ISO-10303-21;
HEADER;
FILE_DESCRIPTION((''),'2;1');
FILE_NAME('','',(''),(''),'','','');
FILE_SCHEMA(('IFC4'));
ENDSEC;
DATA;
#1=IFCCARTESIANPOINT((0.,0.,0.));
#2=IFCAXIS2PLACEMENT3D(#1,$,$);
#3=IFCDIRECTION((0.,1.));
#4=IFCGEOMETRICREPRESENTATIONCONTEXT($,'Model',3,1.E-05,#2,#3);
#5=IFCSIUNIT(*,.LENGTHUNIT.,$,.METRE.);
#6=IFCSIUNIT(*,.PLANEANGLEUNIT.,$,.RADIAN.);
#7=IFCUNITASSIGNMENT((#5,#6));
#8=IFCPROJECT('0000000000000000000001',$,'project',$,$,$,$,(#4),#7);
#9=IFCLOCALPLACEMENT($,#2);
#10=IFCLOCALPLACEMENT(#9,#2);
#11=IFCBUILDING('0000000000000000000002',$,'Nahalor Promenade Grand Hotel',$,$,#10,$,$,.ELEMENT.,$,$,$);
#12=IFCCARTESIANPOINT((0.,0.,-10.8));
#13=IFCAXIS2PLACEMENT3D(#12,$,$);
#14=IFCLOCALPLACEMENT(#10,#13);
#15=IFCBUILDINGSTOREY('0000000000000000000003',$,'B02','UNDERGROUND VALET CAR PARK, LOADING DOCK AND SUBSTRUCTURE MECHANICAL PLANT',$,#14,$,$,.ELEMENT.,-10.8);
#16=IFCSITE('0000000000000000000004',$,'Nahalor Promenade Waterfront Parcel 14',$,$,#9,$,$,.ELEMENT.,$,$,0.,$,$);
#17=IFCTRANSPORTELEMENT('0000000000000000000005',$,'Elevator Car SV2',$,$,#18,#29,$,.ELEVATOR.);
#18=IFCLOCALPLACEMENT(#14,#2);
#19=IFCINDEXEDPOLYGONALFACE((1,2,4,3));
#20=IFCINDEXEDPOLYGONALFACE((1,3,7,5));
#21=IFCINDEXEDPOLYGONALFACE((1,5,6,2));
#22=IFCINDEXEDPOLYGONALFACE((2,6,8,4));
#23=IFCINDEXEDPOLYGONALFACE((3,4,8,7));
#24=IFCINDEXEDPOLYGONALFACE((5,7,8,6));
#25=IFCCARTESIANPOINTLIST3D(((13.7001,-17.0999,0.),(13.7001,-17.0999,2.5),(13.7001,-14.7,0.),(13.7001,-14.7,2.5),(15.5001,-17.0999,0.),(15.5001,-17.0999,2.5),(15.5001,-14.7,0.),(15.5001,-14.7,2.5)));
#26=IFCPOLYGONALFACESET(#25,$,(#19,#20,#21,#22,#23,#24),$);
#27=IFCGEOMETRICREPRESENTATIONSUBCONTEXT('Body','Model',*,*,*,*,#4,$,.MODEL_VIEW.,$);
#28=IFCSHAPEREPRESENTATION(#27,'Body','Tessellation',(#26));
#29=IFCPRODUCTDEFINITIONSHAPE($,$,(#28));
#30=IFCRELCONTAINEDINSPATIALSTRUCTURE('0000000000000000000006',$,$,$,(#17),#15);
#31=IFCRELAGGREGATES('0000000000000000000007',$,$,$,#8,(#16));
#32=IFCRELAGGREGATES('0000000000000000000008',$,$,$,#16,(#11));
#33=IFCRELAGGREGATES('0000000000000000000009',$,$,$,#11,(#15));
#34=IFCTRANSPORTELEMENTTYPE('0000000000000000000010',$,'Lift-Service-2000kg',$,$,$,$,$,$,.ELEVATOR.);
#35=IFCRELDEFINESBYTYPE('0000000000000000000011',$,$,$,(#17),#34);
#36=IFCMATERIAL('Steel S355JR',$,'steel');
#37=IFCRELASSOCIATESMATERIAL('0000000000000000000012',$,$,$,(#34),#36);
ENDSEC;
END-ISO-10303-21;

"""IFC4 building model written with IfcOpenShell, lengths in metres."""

from ifc_helpers import new_model, si_unit, direction, frame, origin, origin_2d, place, context, subcontext, project, spatial, rectangle, extrude, source, transform, mapped, material, type_object, element, save


model = new_model("IFC4")

# Units and contexts
model_context = context("Model", 3, precision=1e-05, world=origin(), true_north=direction((0.0, 1.0)))
body_context = subcontext(model_context, "Body", "Model", "MODEL_VIEW")
ifc_project = project(units=[si_unit("LENGTHUNIT", "METRE"), si_unit("PLANEANGLEUNIT", "RADIAN")], contexts=[model_context])

# Site, building, storey
site_placement = place(None, origin())
site = spatial("IfcSite", under=ifc_project, at=site_placement, Name="Nahalor Promenade Waterfront Parcel 14", CompositionType="ELEMENT", RefElevation=0.0)
building_placement = place(site_placement, origin())
building = spatial("IfcBuilding", under=site, at=building_placement, Name="Nahalor Promenade Grand Hotel", CompositionType="ELEMENT")
storey_placement = place(building_placement, frame((0.0, 0.0, -10.8)))
storey = spatial("IfcBuildingStorey", under=building, at=storey_placement, Name="B02", Description="UNDERGROUND VALET CAR PARK, LOADING DOCK AND SUBSTRUCTURE MECHANICAL PLANT", CompositionType="ELEMENT", Elevation=-10.8)

# Shared definitions
ifc_material_1 = material(Name="Steel S355JR", Category="steel")

# Transport element
transport_element_type_1 = type_object("IfcTransportElementType", Name="Lift-Service-2000kg", PredefinedType="ELEVATOR", material=ifc_material_1)
shared_shape_1 = source(origin(), body_context, "Body", "SweptSolid", [
    extrude(rectangle(XDim=1.8, YDim=2.3999, at=origin_2d()), origin(), (0.0, 0.0, 1.0), 2.5),
])
transport_element_1_placement = place(storey_placement, frame((14.6001, -15.8999, 0.0), z_axis=(0.0, 0.0, 1.0), x_axis=(1.0, 0.0, 0.0)))
element("IfcTransportElement", 1, at=transport_element_1_placement, inside=storey, type_object=transport_element_type_1, Name="Elevator Car SV2", PredefinedType="ELEVATOR", context=body_context, shape_type="MappedRepresentation", body=[
    mapped(shared_shape_1, transform((0.0, 0.0, 0.0), scale=1.0)),
])

save(model, "model.ifc")
